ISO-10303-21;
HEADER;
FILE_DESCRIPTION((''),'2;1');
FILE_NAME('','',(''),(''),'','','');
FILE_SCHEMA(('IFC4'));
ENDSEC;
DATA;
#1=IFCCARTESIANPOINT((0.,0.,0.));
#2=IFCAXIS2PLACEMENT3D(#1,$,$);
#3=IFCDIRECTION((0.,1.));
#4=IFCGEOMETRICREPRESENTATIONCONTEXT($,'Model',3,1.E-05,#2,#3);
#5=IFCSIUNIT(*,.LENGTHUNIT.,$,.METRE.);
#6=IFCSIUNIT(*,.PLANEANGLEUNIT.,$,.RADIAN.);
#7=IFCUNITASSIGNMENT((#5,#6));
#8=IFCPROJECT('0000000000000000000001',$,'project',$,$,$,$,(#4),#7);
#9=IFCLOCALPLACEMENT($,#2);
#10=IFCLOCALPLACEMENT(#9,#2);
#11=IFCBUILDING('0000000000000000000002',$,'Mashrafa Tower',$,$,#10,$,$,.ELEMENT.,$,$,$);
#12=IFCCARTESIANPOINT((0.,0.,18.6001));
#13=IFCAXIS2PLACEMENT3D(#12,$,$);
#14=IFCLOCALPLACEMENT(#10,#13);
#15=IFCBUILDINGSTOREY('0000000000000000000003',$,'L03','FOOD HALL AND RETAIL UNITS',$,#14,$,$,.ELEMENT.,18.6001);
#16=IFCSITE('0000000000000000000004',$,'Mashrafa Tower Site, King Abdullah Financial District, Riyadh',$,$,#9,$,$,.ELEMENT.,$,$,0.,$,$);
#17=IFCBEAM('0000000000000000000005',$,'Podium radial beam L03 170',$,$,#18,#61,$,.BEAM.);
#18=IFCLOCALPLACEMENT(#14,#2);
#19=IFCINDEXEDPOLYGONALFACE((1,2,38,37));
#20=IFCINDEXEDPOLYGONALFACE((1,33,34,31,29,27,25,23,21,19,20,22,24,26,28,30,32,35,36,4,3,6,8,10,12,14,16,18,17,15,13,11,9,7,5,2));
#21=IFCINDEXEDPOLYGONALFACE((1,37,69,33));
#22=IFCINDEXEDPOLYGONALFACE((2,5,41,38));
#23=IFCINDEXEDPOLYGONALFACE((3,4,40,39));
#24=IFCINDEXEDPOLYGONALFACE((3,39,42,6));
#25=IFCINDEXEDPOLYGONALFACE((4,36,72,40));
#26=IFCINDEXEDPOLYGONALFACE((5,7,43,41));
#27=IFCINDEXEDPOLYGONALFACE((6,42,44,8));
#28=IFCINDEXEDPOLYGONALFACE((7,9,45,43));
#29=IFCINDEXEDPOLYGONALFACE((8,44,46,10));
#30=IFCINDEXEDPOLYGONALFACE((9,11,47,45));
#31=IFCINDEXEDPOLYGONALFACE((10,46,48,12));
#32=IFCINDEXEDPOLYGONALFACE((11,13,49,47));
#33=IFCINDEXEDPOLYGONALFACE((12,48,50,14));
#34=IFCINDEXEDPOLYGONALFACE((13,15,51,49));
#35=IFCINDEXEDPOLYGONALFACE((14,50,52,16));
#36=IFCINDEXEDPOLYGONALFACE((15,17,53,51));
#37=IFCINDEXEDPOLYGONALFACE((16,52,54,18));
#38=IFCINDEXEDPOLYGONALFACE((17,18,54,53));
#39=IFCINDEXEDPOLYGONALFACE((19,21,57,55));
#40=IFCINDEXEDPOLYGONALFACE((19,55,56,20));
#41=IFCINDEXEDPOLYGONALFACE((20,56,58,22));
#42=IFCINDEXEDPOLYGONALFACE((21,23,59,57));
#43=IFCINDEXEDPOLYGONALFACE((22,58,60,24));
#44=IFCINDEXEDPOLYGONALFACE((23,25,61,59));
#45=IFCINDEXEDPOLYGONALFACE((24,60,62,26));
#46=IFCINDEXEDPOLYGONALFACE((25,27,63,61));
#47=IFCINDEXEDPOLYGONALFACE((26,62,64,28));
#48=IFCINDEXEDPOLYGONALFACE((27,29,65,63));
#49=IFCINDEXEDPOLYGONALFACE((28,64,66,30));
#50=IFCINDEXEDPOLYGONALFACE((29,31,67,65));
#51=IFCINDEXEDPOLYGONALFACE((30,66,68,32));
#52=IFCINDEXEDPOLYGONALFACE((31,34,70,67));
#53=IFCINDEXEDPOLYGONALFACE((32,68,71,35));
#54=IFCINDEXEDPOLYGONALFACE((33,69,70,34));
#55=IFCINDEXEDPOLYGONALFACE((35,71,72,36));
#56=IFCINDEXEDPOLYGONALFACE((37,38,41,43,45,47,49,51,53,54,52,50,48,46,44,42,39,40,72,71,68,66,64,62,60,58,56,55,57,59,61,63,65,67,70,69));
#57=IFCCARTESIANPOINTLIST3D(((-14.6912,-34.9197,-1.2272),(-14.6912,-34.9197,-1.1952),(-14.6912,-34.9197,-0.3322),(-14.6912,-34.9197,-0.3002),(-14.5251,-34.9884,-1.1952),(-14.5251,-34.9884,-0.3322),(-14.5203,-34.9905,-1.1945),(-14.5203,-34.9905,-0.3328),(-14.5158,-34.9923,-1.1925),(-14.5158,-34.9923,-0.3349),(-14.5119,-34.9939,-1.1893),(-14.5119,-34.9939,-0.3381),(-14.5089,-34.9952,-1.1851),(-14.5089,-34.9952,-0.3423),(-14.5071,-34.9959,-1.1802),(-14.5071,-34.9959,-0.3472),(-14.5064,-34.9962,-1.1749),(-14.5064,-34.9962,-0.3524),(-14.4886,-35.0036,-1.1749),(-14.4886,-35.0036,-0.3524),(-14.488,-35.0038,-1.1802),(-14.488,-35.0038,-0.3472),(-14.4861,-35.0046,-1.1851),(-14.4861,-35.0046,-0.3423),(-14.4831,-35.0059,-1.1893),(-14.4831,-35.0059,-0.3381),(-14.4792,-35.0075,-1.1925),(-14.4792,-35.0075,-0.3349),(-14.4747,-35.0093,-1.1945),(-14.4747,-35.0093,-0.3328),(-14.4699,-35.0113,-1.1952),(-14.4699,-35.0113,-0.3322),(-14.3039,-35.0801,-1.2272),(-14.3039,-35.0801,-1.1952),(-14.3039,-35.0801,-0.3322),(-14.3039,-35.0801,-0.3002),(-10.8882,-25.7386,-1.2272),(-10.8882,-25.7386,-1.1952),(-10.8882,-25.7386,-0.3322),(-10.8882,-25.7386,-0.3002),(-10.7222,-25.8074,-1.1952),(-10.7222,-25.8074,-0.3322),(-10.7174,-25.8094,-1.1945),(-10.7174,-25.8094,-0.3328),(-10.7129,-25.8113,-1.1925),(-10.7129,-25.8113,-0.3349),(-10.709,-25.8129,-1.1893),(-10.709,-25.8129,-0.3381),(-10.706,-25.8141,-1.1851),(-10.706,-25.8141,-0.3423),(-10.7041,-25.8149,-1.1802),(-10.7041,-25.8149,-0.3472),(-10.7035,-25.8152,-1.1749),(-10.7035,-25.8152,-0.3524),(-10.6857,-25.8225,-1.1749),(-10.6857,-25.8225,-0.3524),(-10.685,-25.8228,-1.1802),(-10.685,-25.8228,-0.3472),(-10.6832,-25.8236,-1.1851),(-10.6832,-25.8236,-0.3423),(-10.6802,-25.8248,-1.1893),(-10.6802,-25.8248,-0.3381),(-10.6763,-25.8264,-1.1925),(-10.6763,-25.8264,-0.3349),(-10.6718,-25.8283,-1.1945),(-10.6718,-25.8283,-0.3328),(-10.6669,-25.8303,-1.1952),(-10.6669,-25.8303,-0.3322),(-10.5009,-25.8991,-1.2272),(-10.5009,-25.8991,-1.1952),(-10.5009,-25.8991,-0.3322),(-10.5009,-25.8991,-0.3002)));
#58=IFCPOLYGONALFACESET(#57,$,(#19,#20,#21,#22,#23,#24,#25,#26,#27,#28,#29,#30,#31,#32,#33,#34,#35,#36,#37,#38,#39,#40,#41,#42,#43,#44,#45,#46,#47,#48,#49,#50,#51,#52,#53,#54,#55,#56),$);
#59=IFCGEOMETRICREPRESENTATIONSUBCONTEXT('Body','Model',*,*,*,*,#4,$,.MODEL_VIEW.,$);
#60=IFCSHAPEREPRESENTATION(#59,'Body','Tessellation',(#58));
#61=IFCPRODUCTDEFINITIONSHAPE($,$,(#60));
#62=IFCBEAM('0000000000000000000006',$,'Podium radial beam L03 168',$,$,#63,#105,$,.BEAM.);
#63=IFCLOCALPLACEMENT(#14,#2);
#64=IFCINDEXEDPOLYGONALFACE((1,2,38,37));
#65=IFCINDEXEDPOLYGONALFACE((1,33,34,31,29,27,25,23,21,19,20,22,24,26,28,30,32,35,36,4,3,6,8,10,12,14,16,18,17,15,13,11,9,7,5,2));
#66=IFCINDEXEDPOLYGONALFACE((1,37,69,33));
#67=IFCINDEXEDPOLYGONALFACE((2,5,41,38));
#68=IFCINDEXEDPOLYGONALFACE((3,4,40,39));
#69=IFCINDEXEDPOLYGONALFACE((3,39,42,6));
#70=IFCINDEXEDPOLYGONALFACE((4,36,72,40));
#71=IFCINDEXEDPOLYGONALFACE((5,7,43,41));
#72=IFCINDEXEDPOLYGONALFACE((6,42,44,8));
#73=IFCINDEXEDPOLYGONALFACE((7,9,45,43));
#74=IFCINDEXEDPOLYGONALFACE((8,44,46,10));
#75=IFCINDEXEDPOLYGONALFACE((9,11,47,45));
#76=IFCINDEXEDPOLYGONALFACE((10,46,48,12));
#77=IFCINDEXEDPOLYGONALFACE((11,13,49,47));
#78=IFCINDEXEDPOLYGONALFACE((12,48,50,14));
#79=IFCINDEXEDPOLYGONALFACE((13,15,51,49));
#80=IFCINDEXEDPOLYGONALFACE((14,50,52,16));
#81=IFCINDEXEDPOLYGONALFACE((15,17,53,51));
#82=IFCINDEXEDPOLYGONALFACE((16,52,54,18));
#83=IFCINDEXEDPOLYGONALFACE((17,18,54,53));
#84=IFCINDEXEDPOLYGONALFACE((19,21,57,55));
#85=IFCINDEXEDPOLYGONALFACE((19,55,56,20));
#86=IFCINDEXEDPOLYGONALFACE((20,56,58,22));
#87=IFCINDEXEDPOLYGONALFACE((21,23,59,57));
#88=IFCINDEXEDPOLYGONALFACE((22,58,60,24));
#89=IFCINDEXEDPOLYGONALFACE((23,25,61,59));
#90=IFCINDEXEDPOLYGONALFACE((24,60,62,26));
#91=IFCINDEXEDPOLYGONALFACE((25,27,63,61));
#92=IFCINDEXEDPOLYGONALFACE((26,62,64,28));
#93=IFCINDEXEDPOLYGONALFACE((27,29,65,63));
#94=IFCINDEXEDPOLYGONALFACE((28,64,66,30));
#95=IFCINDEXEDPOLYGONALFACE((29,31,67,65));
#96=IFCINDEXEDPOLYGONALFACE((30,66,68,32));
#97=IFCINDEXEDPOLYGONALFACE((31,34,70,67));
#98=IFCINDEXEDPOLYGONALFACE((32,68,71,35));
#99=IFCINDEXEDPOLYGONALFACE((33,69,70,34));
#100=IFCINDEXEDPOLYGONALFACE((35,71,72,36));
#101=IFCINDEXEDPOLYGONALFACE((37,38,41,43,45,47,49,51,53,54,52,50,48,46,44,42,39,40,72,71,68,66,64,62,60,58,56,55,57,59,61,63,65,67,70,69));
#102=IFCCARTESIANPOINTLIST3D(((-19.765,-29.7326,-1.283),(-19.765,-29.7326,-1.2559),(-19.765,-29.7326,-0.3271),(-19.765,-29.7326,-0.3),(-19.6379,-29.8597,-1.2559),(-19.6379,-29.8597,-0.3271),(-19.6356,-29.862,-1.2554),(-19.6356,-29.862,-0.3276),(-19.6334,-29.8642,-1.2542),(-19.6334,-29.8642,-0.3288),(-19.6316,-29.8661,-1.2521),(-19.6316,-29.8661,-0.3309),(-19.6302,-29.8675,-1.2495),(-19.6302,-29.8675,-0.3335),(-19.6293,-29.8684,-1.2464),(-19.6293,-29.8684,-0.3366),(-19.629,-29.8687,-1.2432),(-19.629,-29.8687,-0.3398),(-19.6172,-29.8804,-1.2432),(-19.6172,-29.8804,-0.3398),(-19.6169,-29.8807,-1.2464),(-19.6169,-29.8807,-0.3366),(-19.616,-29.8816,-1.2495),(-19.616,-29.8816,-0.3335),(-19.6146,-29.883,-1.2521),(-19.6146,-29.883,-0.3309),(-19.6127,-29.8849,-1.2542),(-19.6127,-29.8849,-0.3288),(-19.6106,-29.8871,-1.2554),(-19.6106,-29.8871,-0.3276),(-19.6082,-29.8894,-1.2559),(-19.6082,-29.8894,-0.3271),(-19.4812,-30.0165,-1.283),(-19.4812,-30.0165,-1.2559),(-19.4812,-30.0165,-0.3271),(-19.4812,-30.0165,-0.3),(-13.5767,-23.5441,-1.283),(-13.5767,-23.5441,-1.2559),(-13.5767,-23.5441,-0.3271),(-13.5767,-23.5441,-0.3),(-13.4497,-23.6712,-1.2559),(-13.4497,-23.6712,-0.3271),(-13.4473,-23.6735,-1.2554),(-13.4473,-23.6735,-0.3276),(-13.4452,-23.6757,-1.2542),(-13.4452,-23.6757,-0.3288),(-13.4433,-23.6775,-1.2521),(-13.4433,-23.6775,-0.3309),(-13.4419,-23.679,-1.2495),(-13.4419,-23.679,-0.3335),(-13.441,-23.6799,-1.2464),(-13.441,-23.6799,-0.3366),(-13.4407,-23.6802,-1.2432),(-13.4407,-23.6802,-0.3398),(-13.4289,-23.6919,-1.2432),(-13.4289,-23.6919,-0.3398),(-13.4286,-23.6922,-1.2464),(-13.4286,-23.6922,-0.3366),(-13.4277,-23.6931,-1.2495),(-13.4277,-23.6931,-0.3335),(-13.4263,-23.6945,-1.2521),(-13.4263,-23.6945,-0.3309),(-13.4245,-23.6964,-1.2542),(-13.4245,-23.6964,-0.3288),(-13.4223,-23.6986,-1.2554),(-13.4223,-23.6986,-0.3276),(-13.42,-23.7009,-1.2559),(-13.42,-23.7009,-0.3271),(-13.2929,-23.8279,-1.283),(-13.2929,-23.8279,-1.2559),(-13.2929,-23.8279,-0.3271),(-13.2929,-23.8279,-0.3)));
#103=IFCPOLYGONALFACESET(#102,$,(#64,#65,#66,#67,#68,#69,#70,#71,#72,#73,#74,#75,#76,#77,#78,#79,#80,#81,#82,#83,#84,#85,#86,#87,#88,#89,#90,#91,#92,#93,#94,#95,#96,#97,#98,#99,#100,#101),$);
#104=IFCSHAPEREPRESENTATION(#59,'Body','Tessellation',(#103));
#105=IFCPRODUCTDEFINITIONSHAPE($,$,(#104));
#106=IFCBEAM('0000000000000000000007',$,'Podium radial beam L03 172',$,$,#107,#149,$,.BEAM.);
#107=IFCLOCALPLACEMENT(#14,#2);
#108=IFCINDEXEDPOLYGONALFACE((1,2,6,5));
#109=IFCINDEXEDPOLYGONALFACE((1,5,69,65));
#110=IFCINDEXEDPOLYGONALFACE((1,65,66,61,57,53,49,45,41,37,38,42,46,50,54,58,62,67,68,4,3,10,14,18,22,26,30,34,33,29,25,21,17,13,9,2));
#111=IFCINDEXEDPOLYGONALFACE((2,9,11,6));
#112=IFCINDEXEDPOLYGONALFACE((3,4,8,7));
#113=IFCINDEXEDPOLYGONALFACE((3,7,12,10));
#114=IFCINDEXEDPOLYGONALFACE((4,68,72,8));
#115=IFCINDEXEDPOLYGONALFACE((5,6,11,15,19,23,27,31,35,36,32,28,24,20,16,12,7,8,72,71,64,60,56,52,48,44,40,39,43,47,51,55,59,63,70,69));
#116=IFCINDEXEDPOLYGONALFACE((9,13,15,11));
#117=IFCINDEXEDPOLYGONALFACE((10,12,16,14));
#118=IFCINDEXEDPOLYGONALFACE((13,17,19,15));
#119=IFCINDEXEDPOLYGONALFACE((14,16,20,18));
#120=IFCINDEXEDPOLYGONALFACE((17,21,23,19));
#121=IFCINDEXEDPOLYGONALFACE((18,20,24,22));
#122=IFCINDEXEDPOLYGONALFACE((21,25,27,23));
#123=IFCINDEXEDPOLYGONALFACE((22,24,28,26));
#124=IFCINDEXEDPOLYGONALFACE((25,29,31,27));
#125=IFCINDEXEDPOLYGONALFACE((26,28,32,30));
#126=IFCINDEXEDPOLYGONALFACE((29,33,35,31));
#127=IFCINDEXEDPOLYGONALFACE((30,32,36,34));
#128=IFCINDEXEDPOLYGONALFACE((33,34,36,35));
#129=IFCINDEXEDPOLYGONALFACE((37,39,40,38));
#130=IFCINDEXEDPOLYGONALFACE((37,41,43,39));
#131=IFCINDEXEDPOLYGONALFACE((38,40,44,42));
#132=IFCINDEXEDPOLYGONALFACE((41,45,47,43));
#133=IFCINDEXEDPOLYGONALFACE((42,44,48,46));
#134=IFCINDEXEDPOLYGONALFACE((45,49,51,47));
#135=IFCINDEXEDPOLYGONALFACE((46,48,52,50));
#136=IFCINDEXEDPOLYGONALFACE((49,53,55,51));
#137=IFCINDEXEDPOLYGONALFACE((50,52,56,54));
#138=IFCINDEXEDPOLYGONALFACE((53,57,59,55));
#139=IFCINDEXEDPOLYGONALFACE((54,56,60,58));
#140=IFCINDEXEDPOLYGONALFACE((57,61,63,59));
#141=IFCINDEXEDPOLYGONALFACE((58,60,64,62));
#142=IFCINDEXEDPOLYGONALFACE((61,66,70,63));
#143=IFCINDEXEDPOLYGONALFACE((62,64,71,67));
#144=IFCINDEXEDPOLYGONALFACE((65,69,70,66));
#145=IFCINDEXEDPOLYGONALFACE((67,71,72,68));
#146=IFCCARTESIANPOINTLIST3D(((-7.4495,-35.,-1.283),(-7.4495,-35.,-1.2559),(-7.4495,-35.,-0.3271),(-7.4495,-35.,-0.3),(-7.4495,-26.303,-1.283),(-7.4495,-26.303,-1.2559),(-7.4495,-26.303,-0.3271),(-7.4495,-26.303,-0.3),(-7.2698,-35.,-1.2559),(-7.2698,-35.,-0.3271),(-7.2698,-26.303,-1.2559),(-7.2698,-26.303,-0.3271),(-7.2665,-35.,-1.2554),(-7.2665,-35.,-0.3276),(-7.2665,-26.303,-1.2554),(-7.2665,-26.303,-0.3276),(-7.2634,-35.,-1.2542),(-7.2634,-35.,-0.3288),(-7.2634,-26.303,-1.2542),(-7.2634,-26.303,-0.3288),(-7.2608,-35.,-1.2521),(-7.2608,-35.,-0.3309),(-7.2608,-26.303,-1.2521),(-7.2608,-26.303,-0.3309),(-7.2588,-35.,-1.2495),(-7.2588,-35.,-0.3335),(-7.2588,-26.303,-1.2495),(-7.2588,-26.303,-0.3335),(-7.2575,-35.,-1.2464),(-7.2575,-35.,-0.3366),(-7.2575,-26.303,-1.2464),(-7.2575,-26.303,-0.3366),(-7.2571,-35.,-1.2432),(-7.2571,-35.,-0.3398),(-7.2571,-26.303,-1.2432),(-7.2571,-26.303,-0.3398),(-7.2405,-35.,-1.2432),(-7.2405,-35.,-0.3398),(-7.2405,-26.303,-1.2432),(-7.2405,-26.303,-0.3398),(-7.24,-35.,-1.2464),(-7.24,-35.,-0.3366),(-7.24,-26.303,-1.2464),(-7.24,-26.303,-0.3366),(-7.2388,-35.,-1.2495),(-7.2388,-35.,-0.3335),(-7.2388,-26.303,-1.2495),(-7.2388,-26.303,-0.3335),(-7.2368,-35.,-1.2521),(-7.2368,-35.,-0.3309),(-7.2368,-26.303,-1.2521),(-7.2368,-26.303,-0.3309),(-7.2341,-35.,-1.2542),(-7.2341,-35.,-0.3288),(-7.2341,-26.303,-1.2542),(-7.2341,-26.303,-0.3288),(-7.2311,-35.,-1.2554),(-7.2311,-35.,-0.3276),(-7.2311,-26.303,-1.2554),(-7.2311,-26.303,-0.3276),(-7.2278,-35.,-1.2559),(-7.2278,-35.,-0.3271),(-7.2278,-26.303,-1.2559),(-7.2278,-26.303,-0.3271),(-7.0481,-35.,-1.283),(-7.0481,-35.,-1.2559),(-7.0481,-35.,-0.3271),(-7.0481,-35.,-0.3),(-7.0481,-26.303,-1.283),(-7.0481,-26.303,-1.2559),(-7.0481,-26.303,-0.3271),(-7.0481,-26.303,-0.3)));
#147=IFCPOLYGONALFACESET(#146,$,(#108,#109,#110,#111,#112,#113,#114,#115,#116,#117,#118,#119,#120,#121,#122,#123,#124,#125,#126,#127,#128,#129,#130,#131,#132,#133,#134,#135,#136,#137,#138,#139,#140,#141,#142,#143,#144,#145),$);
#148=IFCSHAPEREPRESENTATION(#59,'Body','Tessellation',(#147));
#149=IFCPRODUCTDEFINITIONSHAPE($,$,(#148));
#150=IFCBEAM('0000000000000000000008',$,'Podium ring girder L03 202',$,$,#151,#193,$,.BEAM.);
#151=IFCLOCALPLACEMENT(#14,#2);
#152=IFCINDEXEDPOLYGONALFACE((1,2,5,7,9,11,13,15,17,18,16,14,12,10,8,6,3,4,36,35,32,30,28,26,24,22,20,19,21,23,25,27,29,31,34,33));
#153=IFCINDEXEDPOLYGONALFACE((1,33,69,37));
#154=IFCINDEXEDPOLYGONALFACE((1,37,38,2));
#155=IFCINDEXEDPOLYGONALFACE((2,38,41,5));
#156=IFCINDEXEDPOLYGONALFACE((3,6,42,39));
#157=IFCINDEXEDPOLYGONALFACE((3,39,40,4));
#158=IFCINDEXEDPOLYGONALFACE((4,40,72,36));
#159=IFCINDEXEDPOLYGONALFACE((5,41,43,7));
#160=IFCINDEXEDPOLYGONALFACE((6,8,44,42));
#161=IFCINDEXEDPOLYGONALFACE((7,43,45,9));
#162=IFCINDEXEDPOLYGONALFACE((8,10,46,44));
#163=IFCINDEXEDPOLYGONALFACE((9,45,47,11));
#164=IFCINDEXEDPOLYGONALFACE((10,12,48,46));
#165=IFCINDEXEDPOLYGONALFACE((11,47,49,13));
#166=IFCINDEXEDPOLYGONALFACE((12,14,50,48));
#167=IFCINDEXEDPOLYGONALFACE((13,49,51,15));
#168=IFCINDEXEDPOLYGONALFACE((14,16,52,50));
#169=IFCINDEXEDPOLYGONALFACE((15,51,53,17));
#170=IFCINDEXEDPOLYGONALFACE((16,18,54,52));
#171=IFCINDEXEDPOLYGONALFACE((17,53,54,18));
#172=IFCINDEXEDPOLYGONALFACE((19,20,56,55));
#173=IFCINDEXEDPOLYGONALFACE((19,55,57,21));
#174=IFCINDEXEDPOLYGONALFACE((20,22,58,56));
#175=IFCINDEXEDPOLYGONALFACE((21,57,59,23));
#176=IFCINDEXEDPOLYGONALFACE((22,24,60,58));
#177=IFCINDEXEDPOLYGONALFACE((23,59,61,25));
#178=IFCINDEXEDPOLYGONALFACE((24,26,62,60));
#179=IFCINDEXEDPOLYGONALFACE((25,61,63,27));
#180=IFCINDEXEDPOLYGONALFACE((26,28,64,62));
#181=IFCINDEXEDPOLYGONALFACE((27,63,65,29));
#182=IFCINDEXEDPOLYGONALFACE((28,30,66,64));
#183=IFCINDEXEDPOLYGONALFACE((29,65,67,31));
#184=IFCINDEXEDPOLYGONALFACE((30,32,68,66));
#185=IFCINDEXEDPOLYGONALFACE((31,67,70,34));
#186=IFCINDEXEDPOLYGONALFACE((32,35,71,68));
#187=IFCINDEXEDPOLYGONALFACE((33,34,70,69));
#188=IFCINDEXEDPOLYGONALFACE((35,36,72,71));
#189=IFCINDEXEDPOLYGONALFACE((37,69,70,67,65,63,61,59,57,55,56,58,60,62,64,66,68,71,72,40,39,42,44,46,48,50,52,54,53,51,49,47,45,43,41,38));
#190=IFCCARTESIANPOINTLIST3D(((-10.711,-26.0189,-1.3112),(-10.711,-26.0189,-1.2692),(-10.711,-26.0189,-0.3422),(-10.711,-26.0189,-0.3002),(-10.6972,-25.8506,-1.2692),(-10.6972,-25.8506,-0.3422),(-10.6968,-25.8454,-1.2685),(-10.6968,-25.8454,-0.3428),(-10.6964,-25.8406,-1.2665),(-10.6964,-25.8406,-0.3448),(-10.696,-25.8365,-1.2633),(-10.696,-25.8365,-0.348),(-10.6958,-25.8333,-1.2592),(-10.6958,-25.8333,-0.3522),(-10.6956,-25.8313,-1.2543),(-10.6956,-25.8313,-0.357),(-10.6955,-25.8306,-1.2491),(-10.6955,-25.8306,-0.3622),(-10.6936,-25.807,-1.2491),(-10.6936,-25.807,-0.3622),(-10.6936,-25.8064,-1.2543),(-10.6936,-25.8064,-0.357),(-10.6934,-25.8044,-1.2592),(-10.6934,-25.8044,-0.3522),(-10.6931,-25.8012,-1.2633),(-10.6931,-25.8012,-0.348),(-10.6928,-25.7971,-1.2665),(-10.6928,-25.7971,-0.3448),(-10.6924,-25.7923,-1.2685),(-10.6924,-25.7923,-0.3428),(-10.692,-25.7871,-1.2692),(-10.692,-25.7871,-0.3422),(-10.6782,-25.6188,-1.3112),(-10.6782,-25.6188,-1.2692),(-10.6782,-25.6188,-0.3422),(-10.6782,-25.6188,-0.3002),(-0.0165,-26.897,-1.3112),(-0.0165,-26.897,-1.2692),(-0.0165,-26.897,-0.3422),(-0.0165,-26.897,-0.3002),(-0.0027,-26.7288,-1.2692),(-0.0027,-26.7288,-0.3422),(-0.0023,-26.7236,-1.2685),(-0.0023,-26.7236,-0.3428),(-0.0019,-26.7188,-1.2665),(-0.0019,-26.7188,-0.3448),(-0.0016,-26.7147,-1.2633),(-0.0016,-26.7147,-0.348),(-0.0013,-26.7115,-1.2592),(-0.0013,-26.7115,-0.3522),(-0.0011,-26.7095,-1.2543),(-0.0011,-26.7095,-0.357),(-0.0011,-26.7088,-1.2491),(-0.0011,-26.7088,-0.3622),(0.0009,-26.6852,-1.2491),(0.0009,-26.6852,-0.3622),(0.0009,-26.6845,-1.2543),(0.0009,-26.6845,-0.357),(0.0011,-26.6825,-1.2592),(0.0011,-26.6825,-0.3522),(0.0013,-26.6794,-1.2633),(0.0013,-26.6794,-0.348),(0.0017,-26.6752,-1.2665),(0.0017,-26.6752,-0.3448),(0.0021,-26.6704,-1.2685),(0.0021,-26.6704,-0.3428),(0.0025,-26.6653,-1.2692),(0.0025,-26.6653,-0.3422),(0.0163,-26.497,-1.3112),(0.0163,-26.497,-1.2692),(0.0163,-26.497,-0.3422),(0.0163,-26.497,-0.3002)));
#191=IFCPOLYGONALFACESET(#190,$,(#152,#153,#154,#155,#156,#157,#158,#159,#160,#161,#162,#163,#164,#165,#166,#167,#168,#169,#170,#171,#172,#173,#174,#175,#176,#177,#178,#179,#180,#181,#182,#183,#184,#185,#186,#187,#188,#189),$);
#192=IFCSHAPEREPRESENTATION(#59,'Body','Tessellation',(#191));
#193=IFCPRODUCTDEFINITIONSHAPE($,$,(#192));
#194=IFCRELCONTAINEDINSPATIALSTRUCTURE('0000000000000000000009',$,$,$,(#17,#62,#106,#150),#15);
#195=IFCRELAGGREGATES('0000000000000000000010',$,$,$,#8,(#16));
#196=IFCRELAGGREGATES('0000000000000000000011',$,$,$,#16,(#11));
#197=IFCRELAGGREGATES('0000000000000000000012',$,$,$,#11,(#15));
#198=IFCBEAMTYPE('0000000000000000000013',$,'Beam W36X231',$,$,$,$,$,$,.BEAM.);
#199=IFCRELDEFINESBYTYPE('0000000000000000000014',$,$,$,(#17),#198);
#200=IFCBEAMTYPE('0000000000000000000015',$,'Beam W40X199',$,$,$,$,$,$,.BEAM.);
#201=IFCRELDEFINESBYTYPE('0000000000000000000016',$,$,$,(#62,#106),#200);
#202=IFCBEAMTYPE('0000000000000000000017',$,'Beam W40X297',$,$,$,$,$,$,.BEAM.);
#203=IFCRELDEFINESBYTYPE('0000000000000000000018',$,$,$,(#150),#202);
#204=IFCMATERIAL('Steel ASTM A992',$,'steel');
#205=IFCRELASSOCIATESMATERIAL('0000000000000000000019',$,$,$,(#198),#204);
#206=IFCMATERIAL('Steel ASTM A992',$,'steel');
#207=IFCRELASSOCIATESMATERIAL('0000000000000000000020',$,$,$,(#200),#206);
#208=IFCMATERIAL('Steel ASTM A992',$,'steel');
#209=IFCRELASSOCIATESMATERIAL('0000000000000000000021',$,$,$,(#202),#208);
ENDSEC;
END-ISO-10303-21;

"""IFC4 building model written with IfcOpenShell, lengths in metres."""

from ifc_helpers import new_model, si_unit, direction, frame, origin, origin_2d, place, context, subcontext, project, spatial, i_section, extrude, material, material_profile, profile_set, type_object, element, save


model = new_model("IFC4")

# Units and contexts
model_context = context("Model", 3, precision=1e-05, world=origin(), true_north=direction((0.0, 1.0)))
body_context = subcontext(model_context, "Body", "Model", "MODEL_VIEW")
ifc_project = project(units=[si_unit("LENGTHUNIT", "METRE"), si_unit("PLANEANGLEUNIT", "RADIAN")], contexts=[model_context])

# Site, building, storey
site_placement = place(None, origin())
site = spatial("IfcSite", under=ifc_project, at=site_placement, Name="Mashrafa Tower Site, King Abdullah Financial District, Riyadh", CompositionType="ELEMENT", RefElevation=0.0)
building_placement = place(site_placement, origin())
building = spatial("IfcBuilding", under=site, at=building_placement, Name="Mashrafa Tower", CompositionType="ELEMENT")
storey_placement = place(building_placement, frame((0.0, 0.0, 18.6001)))
storey = spatial("IfcBuildingStorey", under=building, at=storey_placement, Name="L03", Description="FOOD HALL AND RETAIL UNITS", CompositionType="ELEMENT", Elevation=18.6001)

# Beams
ifc_material_1 = material(Name="Steel ASTM A992", Category="steel")
ifc_material_profile_1 = material_profile(ifc_material_1, i_section(OverallWidth=0.4192, OverallDepth=0.927, WebThickness=0.0193, FlangeThickness=0.032, FilletRadius=0.0203, at=origin_2d()), Name="W36X231")
ifc_profile_set_1 = profile_set([ifc_material_profile_1], Name="Steel ASTM A992")
beam_type_1 = type_object("IfcBeamType", Name="Beam W36X231", PredefinedType="BEAM", material=ifc_profile_set_1)
beam_1_placement = place(storey_placement, frame((-10.6946, -25.8188, -0.7637), z_axis=(-0.382685, -0.923879, 0.0), x_axis=(0.923879, -0.382685, 0.0)))
element("IfcBeam", 1, at=beam_1_placement, inside=storey, type_object=beam_type_1, Name="Podium radial beam L03 170", PredefinedType="BEAM", context=body_context, shape_type="SweptSolid", body=[
    extrude(i_section(OverallWidth=0.4192, OverallDepth=0.927, WebThickness=0.0193, FlangeThickness=0.032, FilletRadius=0.0203, at=origin_2d()), origin(), (0.0, 0.0, 1.0), 9.9375),
])
ifc_material_2 = material(Name="Steel ASTM A992", Category="steel")
ifc_material_profile_2 = material_profile(ifc_material_2, i_section(OverallWidth=0.4014, OverallDepth=0.9829, WebThickness=0.0166, FlangeThickness=0.0271, FilletRadius=0.0127, at=origin_2d()), Name="W40X199")
ifc_profile_set_2 = profile_set([ifc_material_profile_2], Name="Steel ASTM A992")
beam_type_2 = type_object("IfcBeamType", Name="Beam W40X199", PredefinedType="BEAM", material=ifc_profile_set_2)
beam_2_placement = place(storey_placement, frame((-13.4348, -23.686, -0.7915), z_axis=(-0.707093, -0.707121, 0.0), x_axis=(0.707121, -0.707093, 0.0)))
element("IfcBeam", 2, at=beam_2_placement, inside=storey, type_object=beam_type_2, Name="Podium radial beam L03 168", PredefinedType="BEAM", context=body_context, shape_type="SweptSolid", body=[
    extrude(i_section(OverallWidth=0.4014, OverallDepth=0.9829, WebThickness=0.0166, FlangeThickness=0.0271, FilletRadius=0.0127, at=origin_2d()), origin(), (0.0, 0.0, 1.0), 8.7517),
])
beam_3_placement = place(storey_placement, frame((-7.2488, -26.303, -0.7915), z_axis=(0.0, -1.0, 0.0), x_axis=(1.0, 0.0, 0.0)))
element("IfcBeam", 3, at=beam_3_placement, inside=storey, type_object=beam_type_2, Name="Podium radial beam L03 172", PredefinedType="BEAM", context=body_context, shape_type="SweptSolid", body=[
    extrude(i_section(OverallWidth=0.4014, OverallDepth=0.9829, WebThickness=0.0166, FlangeThickness=0.0271, FilletRadius=0.0127, at=origin_2d()), origin(), (0.0, 0.0, 1.0), 8.697),
])
ifc_material_3 = material(Name="Steel ASTM A992", Category="steel")
ifc_material_profile_3 = material_profile(ifc_material_3, i_section(OverallWidth=0.4014, OverallDepth=1.011, WebThickness=0.0237, FlangeThickness=0.042, FilletRadius=0.02, at=origin_2d()), Name="W40X297")
ifc_profile_set_3 = profile_set([ifc_material_profile_3], Name="Steel ASTM A992")
beam_type_3 = type_object("IfcBeamType", Name="Beam W40X297", PredefinedType="BEAM", material=ifc_profile_set_3)
beam_4_placement = place(storey_placement, frame((-10.6946, -25.8188, -0.8057), z_axis=(0.996646, -0.081838, 0.0), x_axis=(0.081838, 0.996646, 0.0)))
element("IfcBeam", 4, at=beam_4_placement, inside=storey, type_object=beam_type_3, Name="Podium ring girder L03 202", PredefinedType="BEAM", context=body_context, shape_type="SweptSolid", body=[
    extrude(i_section(OverallWidth=0.4014, OverallDepth=1.011, WebThickness=0.0237, FlangeThickness=0.042, FilletRadius=0.02, at=origin_2d()), origin(), (0.0, 0.0, 1.0), 10.7305),
])

save(model, "model.ifc")
